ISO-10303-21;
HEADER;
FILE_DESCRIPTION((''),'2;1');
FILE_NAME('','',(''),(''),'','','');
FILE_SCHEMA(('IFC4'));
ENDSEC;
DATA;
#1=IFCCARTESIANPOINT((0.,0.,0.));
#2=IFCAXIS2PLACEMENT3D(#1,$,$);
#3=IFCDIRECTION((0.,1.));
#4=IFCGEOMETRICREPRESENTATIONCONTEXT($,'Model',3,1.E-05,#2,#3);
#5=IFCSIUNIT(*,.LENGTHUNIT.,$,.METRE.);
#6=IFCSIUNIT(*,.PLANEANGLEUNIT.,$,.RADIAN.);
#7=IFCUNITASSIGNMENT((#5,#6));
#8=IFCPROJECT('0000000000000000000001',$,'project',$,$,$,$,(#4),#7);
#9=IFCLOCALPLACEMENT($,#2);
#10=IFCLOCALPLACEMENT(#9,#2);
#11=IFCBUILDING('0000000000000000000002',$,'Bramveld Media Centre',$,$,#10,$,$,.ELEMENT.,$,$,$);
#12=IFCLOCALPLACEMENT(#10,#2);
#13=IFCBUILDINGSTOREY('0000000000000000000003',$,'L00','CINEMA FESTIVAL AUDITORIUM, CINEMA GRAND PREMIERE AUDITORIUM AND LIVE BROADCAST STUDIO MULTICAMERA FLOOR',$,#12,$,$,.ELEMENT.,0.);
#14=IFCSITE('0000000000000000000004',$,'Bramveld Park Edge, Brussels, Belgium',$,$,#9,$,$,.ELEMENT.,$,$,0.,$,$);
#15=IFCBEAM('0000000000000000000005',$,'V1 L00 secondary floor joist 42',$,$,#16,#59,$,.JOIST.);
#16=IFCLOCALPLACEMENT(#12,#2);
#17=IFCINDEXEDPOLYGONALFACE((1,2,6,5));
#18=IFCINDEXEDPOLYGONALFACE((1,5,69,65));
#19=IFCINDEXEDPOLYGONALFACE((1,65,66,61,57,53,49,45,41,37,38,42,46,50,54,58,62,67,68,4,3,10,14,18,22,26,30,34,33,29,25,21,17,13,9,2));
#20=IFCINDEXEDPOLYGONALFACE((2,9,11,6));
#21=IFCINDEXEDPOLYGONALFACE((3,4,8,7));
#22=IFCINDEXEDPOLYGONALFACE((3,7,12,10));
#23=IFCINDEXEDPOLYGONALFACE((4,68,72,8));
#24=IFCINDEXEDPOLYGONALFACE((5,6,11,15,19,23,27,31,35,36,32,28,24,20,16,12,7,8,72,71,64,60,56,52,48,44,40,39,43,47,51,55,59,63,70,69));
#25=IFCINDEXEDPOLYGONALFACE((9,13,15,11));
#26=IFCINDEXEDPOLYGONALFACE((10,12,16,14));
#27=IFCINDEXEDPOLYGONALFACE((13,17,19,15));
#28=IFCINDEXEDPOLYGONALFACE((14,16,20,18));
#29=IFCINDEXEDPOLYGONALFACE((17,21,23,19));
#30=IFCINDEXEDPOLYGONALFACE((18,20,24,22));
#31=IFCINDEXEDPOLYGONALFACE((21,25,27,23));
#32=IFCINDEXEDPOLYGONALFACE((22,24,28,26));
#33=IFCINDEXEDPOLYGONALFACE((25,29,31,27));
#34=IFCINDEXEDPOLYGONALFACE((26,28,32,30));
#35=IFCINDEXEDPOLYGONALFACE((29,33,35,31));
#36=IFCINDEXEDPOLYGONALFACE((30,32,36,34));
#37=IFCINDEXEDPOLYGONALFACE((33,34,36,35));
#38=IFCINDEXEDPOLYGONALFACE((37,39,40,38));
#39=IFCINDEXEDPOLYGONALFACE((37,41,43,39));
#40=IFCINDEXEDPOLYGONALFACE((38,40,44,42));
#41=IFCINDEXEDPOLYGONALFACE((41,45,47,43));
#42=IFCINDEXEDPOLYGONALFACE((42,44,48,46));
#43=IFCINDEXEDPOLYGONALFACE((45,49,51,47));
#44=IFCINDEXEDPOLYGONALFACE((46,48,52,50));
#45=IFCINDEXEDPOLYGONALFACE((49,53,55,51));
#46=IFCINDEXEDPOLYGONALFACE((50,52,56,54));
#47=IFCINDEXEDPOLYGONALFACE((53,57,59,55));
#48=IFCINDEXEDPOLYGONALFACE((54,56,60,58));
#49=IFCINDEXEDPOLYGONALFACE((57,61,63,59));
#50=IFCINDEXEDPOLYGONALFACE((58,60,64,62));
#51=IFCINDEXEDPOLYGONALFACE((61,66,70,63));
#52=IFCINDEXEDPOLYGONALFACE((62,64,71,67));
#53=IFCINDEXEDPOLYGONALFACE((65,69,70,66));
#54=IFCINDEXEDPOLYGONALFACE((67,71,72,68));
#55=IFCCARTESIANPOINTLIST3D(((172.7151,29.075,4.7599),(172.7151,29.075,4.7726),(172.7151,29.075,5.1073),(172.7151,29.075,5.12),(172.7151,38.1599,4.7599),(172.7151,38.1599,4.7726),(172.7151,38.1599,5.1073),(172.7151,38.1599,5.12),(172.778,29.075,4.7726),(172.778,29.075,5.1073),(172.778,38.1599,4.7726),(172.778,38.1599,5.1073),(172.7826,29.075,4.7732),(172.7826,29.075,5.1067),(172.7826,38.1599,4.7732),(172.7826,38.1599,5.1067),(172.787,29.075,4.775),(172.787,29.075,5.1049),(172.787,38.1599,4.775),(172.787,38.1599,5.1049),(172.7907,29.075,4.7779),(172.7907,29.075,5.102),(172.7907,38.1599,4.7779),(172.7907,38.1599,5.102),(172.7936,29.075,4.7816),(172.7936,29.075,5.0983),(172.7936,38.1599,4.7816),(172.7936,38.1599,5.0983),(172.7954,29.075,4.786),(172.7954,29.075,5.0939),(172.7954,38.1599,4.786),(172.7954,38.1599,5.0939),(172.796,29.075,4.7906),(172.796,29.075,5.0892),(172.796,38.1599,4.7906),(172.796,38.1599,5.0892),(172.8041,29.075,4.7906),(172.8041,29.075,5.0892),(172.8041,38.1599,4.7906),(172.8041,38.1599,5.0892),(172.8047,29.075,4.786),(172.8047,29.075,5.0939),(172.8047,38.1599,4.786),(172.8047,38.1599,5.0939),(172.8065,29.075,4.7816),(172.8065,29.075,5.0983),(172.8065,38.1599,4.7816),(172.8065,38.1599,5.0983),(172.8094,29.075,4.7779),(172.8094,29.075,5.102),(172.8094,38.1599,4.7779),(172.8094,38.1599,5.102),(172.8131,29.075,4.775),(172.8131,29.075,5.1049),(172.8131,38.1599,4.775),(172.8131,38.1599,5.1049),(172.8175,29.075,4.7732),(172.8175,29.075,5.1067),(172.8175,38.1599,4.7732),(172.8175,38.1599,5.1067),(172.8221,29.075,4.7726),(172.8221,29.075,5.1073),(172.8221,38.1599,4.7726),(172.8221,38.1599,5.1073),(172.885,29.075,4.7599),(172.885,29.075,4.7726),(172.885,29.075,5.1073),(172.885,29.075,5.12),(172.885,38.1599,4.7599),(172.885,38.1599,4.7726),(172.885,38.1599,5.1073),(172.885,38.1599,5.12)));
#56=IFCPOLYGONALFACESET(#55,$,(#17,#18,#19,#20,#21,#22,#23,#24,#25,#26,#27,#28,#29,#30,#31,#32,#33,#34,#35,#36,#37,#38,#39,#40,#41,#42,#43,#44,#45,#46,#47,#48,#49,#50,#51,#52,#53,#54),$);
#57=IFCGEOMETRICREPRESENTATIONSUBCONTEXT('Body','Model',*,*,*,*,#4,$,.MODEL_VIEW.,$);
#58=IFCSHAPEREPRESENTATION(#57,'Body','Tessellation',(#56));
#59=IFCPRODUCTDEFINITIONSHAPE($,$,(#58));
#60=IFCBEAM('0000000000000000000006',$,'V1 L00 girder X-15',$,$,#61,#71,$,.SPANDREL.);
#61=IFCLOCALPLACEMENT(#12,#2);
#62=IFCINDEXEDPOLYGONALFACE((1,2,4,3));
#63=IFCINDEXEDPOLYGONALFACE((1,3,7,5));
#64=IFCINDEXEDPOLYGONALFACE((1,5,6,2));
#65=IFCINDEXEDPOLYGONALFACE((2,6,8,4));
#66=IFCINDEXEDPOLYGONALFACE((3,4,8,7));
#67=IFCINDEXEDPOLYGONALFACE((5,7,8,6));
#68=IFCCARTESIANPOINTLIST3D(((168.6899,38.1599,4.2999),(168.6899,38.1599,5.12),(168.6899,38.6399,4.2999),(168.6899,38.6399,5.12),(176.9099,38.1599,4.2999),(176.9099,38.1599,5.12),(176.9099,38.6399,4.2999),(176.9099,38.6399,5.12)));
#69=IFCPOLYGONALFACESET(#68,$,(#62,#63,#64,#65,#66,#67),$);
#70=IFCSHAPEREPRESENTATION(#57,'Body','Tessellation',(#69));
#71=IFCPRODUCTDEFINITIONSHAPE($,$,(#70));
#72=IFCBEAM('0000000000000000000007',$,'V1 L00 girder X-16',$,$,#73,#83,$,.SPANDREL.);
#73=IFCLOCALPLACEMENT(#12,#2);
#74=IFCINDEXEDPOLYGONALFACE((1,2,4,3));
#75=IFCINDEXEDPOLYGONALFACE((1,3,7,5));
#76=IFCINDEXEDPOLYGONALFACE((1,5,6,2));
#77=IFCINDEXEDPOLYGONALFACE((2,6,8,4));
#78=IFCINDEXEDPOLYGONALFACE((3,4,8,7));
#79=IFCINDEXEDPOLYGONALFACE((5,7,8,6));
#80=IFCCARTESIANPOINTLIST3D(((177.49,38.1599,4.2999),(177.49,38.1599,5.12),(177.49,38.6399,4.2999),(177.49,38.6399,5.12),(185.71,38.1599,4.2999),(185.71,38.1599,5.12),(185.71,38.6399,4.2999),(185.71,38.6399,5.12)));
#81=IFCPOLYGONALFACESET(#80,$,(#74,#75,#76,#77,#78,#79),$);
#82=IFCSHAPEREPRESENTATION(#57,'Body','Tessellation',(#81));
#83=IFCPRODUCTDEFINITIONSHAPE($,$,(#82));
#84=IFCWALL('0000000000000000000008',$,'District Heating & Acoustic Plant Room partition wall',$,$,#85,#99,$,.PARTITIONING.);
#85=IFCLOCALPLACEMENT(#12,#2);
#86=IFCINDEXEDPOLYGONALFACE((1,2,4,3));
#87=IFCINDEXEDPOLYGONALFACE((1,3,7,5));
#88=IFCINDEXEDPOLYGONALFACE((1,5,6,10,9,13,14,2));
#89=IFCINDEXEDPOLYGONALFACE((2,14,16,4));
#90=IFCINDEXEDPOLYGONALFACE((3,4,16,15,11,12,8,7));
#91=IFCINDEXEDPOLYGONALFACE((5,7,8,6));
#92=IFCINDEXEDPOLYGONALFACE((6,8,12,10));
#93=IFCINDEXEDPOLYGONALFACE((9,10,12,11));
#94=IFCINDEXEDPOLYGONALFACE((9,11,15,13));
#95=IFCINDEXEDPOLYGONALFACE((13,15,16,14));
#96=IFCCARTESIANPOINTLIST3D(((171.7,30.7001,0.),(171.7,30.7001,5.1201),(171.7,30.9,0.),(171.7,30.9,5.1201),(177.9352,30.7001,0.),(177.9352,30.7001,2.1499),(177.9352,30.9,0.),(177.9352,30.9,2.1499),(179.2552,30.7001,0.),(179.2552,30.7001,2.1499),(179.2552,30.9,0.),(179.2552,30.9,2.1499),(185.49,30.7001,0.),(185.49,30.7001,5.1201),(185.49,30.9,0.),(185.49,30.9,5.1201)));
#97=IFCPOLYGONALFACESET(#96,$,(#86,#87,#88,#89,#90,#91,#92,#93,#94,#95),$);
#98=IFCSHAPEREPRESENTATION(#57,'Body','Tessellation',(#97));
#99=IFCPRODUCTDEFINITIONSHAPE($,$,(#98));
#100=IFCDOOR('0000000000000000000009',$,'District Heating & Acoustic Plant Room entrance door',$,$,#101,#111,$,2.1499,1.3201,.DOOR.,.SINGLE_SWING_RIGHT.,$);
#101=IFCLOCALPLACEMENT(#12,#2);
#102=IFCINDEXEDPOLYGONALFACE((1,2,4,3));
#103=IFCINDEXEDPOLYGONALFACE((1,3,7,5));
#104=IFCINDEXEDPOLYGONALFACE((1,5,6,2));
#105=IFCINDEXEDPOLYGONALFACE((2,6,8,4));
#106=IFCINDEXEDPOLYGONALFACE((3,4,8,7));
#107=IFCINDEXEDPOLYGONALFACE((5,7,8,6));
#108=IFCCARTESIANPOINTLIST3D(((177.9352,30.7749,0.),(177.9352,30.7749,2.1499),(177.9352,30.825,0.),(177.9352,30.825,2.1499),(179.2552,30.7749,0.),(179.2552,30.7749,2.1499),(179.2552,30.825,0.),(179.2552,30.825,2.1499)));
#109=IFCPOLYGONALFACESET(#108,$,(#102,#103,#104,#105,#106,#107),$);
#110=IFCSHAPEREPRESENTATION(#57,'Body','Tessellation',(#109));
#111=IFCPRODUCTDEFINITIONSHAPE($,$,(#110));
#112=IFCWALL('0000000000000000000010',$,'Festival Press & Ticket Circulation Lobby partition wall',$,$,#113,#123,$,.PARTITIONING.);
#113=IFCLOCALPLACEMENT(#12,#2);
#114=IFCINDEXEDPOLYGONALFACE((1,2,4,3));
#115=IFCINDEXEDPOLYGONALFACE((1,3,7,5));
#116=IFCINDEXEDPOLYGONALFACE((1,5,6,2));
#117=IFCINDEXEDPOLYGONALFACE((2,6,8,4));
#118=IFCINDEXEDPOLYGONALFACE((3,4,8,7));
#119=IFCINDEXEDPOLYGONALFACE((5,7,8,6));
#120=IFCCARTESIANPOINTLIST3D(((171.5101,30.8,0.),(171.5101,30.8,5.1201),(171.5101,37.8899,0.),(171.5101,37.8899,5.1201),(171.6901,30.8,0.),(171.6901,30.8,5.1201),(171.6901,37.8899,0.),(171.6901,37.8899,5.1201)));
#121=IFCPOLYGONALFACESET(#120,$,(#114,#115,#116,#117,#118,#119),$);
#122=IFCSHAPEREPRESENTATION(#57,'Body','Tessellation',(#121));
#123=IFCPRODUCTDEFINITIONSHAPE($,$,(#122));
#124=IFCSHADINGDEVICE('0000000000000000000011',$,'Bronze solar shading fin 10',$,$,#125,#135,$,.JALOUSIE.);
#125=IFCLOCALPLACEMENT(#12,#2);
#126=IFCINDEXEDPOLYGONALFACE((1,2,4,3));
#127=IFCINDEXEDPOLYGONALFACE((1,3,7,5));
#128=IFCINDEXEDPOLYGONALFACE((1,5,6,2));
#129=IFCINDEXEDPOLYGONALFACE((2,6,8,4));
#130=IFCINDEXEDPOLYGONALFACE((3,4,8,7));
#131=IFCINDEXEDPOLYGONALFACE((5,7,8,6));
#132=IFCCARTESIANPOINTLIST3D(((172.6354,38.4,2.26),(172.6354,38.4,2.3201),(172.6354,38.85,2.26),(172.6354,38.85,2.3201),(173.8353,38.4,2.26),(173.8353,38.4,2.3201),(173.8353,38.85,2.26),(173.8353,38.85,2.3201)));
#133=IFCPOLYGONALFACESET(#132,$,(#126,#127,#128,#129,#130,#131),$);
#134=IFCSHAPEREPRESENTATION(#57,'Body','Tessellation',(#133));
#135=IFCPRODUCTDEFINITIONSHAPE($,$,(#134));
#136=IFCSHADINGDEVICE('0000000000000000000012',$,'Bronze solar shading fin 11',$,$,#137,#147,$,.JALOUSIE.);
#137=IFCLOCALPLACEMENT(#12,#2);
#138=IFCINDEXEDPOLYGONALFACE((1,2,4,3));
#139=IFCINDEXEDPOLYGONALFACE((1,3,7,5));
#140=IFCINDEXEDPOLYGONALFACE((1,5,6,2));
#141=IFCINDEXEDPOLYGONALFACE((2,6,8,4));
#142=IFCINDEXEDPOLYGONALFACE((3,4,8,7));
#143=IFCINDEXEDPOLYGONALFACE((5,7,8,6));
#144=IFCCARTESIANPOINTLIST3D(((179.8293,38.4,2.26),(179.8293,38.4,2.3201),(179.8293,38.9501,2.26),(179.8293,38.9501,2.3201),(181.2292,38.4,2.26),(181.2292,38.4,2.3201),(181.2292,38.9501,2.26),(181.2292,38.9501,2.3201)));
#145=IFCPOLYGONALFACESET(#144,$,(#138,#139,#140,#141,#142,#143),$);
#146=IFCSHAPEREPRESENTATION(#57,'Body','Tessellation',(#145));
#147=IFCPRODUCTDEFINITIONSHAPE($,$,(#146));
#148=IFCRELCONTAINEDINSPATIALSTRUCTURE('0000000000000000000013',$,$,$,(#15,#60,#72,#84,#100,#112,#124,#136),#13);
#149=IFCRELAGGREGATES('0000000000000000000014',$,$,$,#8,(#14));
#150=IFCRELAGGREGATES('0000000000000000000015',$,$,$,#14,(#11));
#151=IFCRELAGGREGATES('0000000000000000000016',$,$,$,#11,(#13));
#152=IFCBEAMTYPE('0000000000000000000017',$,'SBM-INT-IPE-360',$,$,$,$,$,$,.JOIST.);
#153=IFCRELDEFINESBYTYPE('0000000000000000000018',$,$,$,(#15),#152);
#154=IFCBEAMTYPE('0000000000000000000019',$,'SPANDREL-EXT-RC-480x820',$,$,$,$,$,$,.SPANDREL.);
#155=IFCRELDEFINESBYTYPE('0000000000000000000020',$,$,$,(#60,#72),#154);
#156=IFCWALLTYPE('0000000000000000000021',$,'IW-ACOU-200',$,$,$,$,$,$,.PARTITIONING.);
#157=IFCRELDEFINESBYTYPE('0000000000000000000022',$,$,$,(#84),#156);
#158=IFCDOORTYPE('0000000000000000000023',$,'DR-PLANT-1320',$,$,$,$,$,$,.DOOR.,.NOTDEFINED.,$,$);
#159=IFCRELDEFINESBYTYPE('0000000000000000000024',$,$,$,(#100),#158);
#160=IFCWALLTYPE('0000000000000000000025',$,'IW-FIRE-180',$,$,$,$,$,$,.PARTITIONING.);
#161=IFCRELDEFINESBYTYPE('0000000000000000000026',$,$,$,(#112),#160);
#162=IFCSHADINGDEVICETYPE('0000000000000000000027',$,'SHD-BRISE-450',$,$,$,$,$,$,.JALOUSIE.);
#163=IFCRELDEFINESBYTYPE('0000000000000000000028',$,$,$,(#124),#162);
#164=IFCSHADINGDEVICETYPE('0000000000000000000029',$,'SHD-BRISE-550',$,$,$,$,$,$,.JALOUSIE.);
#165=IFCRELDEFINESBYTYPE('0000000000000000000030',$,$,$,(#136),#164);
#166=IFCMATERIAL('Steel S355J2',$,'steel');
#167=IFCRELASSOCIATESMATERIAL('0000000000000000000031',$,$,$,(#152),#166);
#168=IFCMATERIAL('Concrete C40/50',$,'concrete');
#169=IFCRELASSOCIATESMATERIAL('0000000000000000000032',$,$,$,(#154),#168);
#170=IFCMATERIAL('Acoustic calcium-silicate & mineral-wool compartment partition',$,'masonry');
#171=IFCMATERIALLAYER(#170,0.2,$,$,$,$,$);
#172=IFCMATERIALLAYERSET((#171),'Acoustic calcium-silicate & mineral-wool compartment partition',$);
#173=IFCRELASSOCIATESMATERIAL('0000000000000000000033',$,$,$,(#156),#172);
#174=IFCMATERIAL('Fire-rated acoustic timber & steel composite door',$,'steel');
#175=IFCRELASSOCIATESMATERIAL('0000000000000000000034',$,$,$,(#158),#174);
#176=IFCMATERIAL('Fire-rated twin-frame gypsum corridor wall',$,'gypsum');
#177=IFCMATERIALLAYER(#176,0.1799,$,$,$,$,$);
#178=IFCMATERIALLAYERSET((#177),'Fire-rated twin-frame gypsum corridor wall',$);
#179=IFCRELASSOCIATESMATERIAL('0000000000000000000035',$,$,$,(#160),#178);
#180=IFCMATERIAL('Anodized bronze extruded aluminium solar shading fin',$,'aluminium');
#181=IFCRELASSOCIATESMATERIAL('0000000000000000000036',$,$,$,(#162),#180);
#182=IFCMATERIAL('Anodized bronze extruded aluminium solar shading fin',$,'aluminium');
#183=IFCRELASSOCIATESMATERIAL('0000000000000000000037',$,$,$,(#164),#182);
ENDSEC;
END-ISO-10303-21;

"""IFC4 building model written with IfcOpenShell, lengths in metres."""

from ifc_helpers import new_model, si_unit, direction, frame, frame_2d, origin, origin_2d, place, context, subcontext, project, spatial, rectangle, i_section, extrude, material, layer, layer_set, material_profile, profile_set, type_object, element, fill, save


model = new_model("IFC4")

# Units and contexts
model_context = context("Model", 3, precision=1e-05, world=origin(), true_north=direction((0.0, 1.0)))
body_context = subcontext(model_context, "Body", "Model", "MODEL_VIEW")
ifc_project = project(units=[si_unit("LENGTHUNIT", "METRE"), si_unit("PLANEANGLEUNIT", "RADIAN")], contexts=[model_context])

# Site, building, storey
site_placement = place(None, origin())
site = spatial("IfcSite", under=ifc_project, at=site_placement, Name="Bramveld Park Edge, Brussels, Belgium", CompositionType="ELEMENT", RefElevation=0.0)
building_placement = place(site_placement, origin())
building = spatial("IfcBuilding", under=site, at=building_placement, Name="Bramveld Media Centre", CompositionType="ELEMENT")
storey_placement = place(building_placement, origin())
storey = spatial("IfcBuildingStorey", under=building, at=storey_placement, Name="L00", Description="CINEMA FESTIVAL AUDITORIUM, CINEMA GRAND PREMIERE AUDITORIUM AND LIVE BROADCAST STUDIO MULTICAMERA FLOOR", CompositionType="ELEMENT", Elevation=0.0)

# Beams
ifc_material_1 = material(Name="Steel S355J2", Category="steel")
ifc_material_profile_1 = material_profile(ifc_material_1, i_section(OverallWidth=0.1699, OverallDepth=0.3601, WebThickness=0.0081, FlangeThickness=0.0127, FilletRadius=0.0181, at=origin_2d()), Name="IPE 360")
ifc_profile_set_1 = profile_set([ifc_material_profile_1], Name="Steel S355J2")
beam_type_1 = type_object("IfcBeamType", Name="SBM-INT-IPE-360", PredefinedType="JOIST", material=ifc_profile_set_1)
beam_1_placement = place(storey_placement, frame((172.8, 29.075, 4.9399), z_axis=(0.0, 1.0, 0.0), x_axis=(-1.0, 0.0, 0.0)))
element("IfcBeam", 1, at=beam_1_placement, inside=storey, type_object=beam_type_1, Name="V1 L00 secondary floor joist 42", PredefinedType="JOIST", context=body_context, shape_type="SweptSolid", body=[
    extrude(i_section(OverallWidth=0.1699, OverallDepth=0.3601, WebThickness=0.0081, FlangeThickness=0.0127, FilletRadius=0.0181, at=origin_2d()), origin(), (0.0, 0.0, 1.0), 9.085),
])
ifc_material_2 = material(Name="Concrete C40/50", Category="concrete")
ifc_material_profile_2 = material_profile(ifc_material_2, rectangle(XDim=0.48, YDim=0.8201, at=origin_2d()), Name="RC 480x820")
ifc_profile_set_2 = profile_set([ifc_material_profile_2], Name="Concrete C40/50")
beam_type_2 = type_object("IfcBeamType", Name="SPANDREL-EXT-RC-480x820", PredefinedType="SPANDREL", material=ifc_profile_set_2)
for number, where, z_axis, x_axis, name in (
    (2, (168.6899, 38.3999, 4.71), (1.0, 0.0, 0.0), (0.0, 1.0, 0.0), "V1 L00 girder X-15"),
    (3, (177.49, 38.3999, 4.71), (1.0, 0.0, 0.0), (0.0, 1.0, 0.0), "V1 L00 girder X-16"),
):
    element("IfcBeam", number, at=place(storey_placement, frame(where, z_axis=z_axis, x_axis=x_axis)), inside=storey, type_object=beam_type_2, Name=name, PredefinedType="SPANDREL", context=body_context, shape_type="SweptSolid", body=[
        extrude(rectangle(XDim=0.48, YDim=0.8201, at=origin_2d()), origin(), (0.0, 0.0, 1.0), 8.22),
    ])

# Wall, opening, door
ifc_material_3 = material(Name="Acoustic calcium-silicate & mineral-wool compartment partition", Category="masonry")
ifc_layer_1 = layer(ifc_material_3, 0.2)
ifc_layer_set_1 = layer_set([ifc_layer_1], Name="Acoustic calcium-silicate & mineral-wool compartment partition")
wall_type_1 = type_object("IfcWallType", Name="IW-ACOU-200", PredefinedType="PARTITIONING", material=ifc_layer_set_1)
wall_1_placement = place(storey_placement, frame((171.7, 30.8, 0.0), z_axis=(0.0, 0.0, 1.0), x_axis=(1.0, 0.0, 0.0)))
wall_1 = element("IfcWall", 4, at=wall_1_placement, inside=storey, type_object=wall_type_1, Name="District Heating & Acoustic Plant Room partition wall", PredefinedType="PARTITIONING", context=body_context, shape_type="SweptSolid", body=[
    extrude(rectangle(XDim=13.79, YDim=0.2, at=frame_2d((6.895, 0.0))), origin(), (0.0, 0.0, 1.0), 5.1201),
])
opening_placement = place(wall_1_placement, frame((6.2351, 0.0, 0.0)))
opening = element("IfcOpeningElement", 5, at=opening_placement, cuts=wall_1, PredefinedType="OPENING", context=body_context, shape_type="SweptSolid", body=[
    extrude(rectangle(XDim=1.3201, YDim=2.1499, at=frame_2d((0.6602, 1.075))), frame((0.0, 0.1118, 0.0), z_axis=(0.0, -1.0, 0.0), x_axis=(1.0, 0.0, 0.0)), (0.0, 0.0, 1.0), 0.2239),
])
ifc_material_4 = material(Name="Fire-rated acoustic timber & steel composite door", Category="steel")
door_type = type_object("IfcDoorType", Name="DR-PLANT-1320", OperationType="NOTDEFINED", PredefinedType="DOOR", material=ifc_material_4)
door_placement = place(opening_placement, origin())
door = element("IfcDoor", 6, at=door_placement, inside=storey, type_object=door_type, Name="District Heating & Acoustic Plant Room entrance door", OperationType="SINGLE_SWING_RIGHT", OverallHeight=2.1499, OverallWidth=1.3201, PredefinedType="DOOR", context=body_context, shape_type="SweptSolid", body=[
    extrude(rectangle(XDim=1.3201, YDim=2.1499, at=frame_2d((0.6602, 1.075))), frame((0.0, 0.0249, 0.0), z_axis=(0.0, -1.0, 0.0), x_axis=(1.0, 0.0, 0.0)), (0.0, 0.0, 1.0), 0.05),
])
fill(opening, door)

# Wall
ifc_material_5 = material(Name="Fire-rated twin-frame gypsum corridor wall", Category="gypsum")
ifc_layer_2 = layer(ifc_material_5, 0.1799)
ifc_layer_set_2 = layer_set([ifc_layer_2], Name="Fire-rated twin-frame gypsum corridor wall")
wall_type_2 = type_object("IfcWallType", Name="IW-FIRE-180", PredefinedType="PARTITIONING", material=ifc_layer_set_2)
wall_2_placement = place(storey_placement, frame((171.6001, 30.8, 0.0), z_axis=(0.0, 0.0, 1.0), x_axis=(0.0, 1.0, 0.0)))
element("IfcWall", 7, at=wall_2_placement, inside=storey, type_object=wall_type_2, Name="Festival Press & Ticket Circulation Lobby partition wall", PredefinedType="PARTITIONING", context=body_context, shape_type="SweptSolid", body=[
    extrude(rectangle(XDim=7.0898, YDim=0.1799, at=frame_2d((3.5449, 0.0))), origin(), (0.0, 0.0, 1.0), 5.1201),
])

# Shading devices
ifc_material_6 = material(Name="Anodized bronze extruded aluminium solar shading fin", Category="aluminium")
shading_device_type_1 = type_object("IfcShadingDeviceType", Name="SHD-BRISE-450", PredefinedType="JALOUSIE", material=ifc_material_6)
shading_device_1_placement = place(storey_placement, frame((173.2354, 38.625, 2.26), z_axis=(0.0, 0.0, 1.0), x_axis=(1.0, 0.0, 0.0)))
element("IfcShadingDevice", 8, at=shading_device_1_placement, inside=storey, type_object=shading_device_type_1, Name="Bronze solar shading fin 10", PredefinedType="JALOUSIE", context=body_context, shape_type="SweptSolid", body=[
    extrude(rectangle(XDim=1.2, YDim=0.45, at=origin_2d()), origin(), (0.0, 0.0, 1.0), 0.0601),
])
ifc_material_7 = material(Name="Anodized bronze extruded aluminium solar shading fin", Category="aluminium")
shading_device_type_2 = type_object("IfcShadingDeviceType", Name="SHD-BRISE-550", PredefinedType="JALOUSIE", material=ifc_material_7)
shading_device_2_placement = place(storey_placement, frame((180.5293, 38.675, 2.26), z_axis=(0.0, 0.0, 1.0), x_axis=(1.0, 0.0, 0.0)))
element("IfcShadingDevice", 9, at=shading_device_2_placement, inside=storey, type_object=shading_device_type_2, Name="Bronze solar shading fin 11", PredefinedType="JALOUSIE", context=body_context, shape_type="SweptSolid", body=[
    extrude(rectangle(XDim=1.3999, YDim=0.55, at=origin_2d()), origin(), (0.0, 0.0, 1.0), 0.0601),
])

save(model, "model.ifc")
